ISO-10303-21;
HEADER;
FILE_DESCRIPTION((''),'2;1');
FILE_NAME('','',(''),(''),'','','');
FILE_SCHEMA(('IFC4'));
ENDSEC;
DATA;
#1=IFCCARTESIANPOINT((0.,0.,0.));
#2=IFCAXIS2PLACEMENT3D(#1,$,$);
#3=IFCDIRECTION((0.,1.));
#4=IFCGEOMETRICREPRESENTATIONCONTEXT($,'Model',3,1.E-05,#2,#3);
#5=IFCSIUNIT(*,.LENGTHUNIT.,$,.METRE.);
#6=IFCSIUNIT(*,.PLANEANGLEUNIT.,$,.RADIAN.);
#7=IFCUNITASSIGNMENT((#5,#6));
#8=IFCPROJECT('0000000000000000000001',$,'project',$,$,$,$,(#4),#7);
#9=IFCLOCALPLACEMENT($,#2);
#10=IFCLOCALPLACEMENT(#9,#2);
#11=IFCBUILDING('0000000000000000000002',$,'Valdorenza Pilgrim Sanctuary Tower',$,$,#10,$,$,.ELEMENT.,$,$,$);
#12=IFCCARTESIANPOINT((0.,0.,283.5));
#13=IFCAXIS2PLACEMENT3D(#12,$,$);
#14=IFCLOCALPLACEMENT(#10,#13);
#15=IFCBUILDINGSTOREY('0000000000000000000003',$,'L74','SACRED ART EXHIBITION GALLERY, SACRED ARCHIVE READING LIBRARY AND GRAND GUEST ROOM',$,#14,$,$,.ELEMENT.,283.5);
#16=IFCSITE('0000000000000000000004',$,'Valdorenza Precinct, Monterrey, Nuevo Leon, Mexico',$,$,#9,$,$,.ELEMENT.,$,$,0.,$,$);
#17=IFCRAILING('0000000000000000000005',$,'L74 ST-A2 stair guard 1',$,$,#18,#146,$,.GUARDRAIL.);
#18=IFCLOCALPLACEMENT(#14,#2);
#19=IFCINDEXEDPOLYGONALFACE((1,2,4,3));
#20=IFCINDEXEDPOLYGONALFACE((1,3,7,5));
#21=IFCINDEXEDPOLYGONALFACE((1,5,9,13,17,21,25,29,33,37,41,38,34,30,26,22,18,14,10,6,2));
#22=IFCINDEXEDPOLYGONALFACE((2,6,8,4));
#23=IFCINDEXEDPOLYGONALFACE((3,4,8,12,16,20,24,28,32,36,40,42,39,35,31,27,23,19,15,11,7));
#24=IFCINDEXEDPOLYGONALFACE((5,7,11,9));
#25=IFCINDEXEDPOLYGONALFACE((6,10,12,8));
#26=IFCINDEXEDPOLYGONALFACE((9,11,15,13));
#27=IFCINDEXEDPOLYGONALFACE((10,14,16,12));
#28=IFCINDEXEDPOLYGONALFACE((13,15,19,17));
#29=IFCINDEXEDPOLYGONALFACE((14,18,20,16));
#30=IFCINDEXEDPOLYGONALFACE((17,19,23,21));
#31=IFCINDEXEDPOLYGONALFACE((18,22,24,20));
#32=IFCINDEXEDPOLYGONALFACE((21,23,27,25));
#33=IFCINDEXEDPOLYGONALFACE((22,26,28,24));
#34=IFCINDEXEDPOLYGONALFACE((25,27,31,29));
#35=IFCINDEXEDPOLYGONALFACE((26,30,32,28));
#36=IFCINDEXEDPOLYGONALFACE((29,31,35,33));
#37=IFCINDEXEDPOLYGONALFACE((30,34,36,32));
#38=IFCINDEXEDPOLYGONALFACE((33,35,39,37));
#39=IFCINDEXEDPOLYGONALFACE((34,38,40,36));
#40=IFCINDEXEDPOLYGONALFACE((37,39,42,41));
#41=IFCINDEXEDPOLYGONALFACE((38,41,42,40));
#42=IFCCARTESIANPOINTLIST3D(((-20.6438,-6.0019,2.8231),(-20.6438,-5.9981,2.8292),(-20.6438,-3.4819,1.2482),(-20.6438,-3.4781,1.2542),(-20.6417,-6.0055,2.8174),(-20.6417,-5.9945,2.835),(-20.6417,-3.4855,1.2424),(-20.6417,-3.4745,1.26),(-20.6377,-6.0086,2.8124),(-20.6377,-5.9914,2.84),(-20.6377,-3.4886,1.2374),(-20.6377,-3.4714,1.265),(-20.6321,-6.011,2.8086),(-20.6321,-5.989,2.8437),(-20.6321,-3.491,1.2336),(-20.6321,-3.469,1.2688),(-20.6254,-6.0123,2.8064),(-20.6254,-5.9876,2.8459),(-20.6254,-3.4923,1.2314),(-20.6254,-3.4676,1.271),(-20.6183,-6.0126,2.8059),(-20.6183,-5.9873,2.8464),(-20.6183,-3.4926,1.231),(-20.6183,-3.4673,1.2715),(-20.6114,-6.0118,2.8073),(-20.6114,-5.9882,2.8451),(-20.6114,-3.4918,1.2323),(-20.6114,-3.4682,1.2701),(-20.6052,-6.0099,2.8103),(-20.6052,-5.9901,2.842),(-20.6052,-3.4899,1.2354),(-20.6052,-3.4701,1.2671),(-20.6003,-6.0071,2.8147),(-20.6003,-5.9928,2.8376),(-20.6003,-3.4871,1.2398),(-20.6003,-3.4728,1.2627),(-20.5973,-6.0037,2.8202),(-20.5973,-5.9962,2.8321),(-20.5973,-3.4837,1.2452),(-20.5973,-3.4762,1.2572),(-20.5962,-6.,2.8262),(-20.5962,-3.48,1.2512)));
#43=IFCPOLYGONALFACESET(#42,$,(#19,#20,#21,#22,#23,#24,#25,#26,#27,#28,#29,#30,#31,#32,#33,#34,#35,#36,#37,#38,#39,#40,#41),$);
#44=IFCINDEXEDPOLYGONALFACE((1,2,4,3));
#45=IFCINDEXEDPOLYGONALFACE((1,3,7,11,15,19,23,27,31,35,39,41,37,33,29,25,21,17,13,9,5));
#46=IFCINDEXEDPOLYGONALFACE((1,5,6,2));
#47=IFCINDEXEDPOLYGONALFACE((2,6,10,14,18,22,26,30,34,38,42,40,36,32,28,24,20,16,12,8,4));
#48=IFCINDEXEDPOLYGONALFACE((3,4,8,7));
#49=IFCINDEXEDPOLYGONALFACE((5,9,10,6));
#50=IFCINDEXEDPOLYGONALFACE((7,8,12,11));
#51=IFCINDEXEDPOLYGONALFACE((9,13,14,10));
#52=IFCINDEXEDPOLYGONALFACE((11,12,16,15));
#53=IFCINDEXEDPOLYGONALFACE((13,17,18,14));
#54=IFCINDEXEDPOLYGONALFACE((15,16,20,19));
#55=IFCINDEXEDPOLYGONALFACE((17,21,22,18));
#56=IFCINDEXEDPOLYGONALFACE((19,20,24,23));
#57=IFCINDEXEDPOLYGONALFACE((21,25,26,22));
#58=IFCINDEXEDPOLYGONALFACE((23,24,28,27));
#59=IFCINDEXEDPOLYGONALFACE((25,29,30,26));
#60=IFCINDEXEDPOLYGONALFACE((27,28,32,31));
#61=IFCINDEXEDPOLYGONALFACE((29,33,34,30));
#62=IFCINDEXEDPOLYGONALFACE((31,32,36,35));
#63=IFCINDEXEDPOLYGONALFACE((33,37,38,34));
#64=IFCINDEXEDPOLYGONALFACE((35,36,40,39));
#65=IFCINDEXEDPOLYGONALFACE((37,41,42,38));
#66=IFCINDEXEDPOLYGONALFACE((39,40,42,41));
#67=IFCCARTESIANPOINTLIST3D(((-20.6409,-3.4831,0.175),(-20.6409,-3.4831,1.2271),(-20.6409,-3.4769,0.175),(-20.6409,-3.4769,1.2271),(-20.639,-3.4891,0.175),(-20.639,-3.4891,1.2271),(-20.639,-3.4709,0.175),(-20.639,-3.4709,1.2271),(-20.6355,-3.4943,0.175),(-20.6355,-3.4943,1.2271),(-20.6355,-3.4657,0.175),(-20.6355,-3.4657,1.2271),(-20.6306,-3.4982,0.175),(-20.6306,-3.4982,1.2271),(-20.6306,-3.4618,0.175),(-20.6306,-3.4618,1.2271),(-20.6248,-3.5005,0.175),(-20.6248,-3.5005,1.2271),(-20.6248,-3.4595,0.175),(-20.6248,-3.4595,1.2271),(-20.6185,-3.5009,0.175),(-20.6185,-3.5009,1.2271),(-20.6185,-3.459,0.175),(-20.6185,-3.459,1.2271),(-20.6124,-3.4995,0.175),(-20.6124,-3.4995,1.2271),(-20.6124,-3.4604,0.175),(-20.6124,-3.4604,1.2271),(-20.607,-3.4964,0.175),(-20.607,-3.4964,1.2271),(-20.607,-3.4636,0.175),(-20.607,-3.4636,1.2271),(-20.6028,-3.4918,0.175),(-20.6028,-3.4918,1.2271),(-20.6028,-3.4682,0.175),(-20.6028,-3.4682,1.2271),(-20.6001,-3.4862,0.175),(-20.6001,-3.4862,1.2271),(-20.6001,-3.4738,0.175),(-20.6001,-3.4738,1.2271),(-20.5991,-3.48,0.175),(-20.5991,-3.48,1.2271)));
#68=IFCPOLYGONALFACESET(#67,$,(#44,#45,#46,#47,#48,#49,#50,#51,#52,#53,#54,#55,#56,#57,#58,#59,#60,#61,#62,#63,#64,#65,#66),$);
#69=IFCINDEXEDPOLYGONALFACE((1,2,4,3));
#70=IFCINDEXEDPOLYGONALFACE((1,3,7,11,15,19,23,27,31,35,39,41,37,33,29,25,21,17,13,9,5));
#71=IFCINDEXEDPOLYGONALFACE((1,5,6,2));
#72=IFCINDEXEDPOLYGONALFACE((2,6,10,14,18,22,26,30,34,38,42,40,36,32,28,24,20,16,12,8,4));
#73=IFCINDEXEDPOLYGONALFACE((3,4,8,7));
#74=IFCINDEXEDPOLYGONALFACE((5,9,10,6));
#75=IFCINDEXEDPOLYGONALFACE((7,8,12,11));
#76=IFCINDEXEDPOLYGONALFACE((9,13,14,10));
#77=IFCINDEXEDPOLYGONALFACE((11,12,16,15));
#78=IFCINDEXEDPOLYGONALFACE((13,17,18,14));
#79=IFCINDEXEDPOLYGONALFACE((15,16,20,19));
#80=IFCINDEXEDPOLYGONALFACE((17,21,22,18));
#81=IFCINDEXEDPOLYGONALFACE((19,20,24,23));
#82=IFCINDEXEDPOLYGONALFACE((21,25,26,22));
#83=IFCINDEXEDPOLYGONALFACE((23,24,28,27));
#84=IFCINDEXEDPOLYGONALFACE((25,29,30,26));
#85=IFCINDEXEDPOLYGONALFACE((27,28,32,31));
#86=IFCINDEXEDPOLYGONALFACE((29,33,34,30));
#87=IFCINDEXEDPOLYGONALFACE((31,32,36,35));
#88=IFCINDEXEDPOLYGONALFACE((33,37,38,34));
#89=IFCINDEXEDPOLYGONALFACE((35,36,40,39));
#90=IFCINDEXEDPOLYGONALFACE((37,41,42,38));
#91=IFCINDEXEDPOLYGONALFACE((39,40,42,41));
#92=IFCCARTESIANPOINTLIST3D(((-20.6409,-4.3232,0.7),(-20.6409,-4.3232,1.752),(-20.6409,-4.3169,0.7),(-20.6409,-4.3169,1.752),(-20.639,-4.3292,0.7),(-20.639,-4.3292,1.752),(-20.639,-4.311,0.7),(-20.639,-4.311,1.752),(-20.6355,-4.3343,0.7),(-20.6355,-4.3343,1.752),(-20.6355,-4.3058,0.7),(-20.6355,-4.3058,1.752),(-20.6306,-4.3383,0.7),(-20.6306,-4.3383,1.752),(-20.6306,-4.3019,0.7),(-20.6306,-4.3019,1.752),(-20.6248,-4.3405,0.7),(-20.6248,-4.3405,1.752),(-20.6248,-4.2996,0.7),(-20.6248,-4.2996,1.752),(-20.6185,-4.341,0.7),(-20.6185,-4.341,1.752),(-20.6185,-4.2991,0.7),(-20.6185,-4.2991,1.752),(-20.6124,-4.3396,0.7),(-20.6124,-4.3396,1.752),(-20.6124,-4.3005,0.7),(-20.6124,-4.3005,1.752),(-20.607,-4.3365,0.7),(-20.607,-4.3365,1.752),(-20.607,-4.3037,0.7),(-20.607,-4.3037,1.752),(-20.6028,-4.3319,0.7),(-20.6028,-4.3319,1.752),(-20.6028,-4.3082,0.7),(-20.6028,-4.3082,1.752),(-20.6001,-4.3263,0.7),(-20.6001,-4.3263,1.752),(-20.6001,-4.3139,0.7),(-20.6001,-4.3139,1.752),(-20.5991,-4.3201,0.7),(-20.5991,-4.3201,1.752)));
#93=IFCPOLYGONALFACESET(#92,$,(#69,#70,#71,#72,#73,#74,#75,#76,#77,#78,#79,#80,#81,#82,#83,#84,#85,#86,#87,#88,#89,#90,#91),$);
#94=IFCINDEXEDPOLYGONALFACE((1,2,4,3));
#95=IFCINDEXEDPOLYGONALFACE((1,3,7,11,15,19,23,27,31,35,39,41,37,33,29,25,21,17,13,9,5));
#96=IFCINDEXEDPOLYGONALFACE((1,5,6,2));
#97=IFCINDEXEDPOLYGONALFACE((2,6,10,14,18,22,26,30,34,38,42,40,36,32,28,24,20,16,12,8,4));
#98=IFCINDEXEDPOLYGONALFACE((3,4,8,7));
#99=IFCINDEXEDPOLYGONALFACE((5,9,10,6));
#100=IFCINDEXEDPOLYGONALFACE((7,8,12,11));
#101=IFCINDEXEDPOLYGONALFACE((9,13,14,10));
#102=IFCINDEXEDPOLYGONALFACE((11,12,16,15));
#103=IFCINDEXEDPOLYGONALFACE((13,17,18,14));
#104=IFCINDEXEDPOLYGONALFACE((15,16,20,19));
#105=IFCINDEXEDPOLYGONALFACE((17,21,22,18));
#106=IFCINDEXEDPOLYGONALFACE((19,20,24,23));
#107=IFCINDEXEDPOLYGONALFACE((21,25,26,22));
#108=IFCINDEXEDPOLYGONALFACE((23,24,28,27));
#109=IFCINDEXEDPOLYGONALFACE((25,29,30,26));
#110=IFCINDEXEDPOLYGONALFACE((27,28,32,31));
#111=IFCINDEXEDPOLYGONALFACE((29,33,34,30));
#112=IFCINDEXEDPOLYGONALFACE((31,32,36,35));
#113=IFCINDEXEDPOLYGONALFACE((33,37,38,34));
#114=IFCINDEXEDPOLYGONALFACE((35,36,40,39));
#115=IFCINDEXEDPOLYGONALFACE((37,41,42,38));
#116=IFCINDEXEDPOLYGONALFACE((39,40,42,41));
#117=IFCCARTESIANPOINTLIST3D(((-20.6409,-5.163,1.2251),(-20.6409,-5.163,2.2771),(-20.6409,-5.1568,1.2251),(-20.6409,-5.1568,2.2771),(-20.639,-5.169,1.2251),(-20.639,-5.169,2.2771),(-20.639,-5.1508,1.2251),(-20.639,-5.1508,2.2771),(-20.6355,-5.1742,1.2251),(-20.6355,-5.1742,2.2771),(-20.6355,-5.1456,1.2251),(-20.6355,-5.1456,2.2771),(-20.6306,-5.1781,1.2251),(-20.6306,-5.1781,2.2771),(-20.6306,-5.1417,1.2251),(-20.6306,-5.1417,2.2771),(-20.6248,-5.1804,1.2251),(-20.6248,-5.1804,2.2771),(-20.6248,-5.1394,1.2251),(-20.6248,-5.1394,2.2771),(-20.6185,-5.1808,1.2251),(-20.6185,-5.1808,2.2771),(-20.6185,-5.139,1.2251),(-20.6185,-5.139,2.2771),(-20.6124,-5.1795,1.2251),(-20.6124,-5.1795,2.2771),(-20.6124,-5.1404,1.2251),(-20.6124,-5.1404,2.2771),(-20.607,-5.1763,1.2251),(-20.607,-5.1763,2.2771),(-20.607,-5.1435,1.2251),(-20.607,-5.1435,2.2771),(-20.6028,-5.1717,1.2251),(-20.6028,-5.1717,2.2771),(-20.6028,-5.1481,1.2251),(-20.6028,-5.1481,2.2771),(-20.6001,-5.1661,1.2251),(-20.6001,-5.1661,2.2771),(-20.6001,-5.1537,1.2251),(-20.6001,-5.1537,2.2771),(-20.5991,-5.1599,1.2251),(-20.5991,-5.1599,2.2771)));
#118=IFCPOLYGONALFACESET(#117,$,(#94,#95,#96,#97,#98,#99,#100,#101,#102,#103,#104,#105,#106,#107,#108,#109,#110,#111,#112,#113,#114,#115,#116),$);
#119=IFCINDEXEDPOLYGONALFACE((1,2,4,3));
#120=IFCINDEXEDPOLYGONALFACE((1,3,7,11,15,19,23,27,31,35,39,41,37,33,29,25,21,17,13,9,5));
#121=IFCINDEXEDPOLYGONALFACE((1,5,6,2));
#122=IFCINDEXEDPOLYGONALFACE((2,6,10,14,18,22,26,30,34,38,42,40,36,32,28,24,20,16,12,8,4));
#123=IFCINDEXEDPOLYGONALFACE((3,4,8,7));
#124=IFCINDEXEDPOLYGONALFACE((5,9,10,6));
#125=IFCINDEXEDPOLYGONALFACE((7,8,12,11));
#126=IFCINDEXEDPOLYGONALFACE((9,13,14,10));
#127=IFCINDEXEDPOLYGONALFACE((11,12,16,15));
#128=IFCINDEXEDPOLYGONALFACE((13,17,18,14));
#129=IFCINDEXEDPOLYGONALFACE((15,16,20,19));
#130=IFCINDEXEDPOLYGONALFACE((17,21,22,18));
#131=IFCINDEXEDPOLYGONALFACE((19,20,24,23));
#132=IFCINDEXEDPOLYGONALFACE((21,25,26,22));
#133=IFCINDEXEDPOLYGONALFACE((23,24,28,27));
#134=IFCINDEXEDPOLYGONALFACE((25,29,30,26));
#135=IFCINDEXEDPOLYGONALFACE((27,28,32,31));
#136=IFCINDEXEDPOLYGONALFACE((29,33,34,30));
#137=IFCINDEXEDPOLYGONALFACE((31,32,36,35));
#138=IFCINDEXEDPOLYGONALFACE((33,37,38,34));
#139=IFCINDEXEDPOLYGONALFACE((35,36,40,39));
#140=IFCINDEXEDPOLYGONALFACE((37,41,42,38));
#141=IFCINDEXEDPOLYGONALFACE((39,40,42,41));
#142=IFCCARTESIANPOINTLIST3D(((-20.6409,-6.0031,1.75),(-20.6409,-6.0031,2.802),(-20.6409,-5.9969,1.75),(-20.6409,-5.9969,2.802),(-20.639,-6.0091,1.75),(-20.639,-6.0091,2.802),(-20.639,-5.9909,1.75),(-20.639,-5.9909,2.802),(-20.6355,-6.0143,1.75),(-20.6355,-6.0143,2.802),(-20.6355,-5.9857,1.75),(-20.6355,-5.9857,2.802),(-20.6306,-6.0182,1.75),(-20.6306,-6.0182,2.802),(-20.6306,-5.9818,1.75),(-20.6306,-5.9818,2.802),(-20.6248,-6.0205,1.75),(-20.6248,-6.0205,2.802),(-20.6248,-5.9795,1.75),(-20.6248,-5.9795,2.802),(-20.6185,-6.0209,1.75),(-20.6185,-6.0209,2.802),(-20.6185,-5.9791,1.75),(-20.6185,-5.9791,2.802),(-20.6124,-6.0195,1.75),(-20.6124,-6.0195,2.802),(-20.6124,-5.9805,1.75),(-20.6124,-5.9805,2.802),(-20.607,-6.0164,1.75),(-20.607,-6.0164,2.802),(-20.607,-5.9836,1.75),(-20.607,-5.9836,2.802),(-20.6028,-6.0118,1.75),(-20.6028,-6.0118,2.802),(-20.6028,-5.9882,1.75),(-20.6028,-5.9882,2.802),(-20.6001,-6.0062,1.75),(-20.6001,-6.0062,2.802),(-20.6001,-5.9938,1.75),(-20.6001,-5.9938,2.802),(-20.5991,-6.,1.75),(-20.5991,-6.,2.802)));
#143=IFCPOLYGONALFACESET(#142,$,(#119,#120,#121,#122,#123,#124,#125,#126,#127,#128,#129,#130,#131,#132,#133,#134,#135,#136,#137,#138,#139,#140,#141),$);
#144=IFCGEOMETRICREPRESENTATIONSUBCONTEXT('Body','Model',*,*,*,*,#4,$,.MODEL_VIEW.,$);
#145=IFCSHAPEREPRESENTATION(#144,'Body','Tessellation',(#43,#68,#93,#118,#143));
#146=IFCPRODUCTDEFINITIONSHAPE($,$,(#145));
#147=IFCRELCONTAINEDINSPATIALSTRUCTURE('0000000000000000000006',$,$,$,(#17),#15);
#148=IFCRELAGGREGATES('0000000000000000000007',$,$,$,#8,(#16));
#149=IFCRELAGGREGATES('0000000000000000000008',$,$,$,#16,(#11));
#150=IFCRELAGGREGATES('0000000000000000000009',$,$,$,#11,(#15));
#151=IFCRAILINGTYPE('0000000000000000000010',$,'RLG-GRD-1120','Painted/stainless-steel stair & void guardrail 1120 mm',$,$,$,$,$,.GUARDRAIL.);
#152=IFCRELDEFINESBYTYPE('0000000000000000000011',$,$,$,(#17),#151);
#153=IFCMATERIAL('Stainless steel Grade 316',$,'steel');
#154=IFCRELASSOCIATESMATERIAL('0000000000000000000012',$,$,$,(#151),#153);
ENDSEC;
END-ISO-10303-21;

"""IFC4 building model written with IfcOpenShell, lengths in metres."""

from ifc_helpers import new_model, si_unit, direction, frame, origin, origin_2d, place, context, subcontext, project, spatial, circle, extrude, material, type_object, element, save


model = new_model("IFC4")

# Units and contexts
model_context = context("Model", 3, precision=1e-05, world=origin(), true_north=direction((0.0, 1.0)))
body_context = subcontext(model_context, "Body", "Model", "MODEL_VIEW")
ifc_project = project(units=[si_unit("LENGTHUNIT", "METRE"), si_unit("PLANEANGLEUNIT", "RADIAN")], contexts=[model_context])

# Site, building, storey
site_placement = place(None, origin())
site = spatial("IfcSite", under=ifc_project, at=site_placement, Name="Valdorenza Precinct, Monterrey, Nuevo Leon, Mexico", CompositionType="ELEMENT", RefElevation=0.0)
building_placement = place(site_placement, origin())
building = spatial("IfcBuilding", under=site, at=building_placement, Name="Valdorenza Pilgrim Sanctuary Tower", CompositionType="ELEMENT")
storey_placement = place(building_placement, frame((0.0, 0.0, 283.5)))
storey = spatial("IfcBuildingStorey", under=building, at=storey_placement, Name="L74", Description="SACRED ART EXHIBITION GALLERY, SACRED ARCHIVE READING LIBRARY AND GRAND GUEST ROOM", CompositionType="ELEMENT", Elevation=283.5)

# Railing
ifc_material_1 = material(Name="Stainless steel Grade 316", Category="steel")
railing_type_1 = type_object("IfcRailingType", Name="RLG-GRD-1120", Description="Painted/stainless-steel stair & void guardrail 1120 mm", PredefinedType="GUARDRAIL", material=ifc_material_1)
railing_1_placement = place(storey_placement, frame((-20.6201, -3.48, 0.175)))
element("IfcRailing", 1, at=railing_1_placement, inside=storey, type_object=railing_type_1, Name="L74 ST-A2 stair guard 1", PredefinedType="GUARDRAIL", context=body_context, shape_type="SweptSolid", body=[
    extrude(circle(Radius=0.0239, at=origin_2d()), frame((0.0, 0.0, 1.0762), z_axis=(0.0, -0.848008, 0.529984), x_axis=(1.0, 0.0, 0.0)), (0.0, 0.0, 1.0), 2.9717),
    extrude(circle(Radius=0.021, at=origin_2d()), origin(), (0.0, 0.0, 1.0), 1.052),
    extrude(circle(Radius=0.021, at=origin_2d()), frame((0.0, -0.8401, 0.5249)), (0.0, 0.0, 1.0), 1.052),
    extrude(circle(Radius=0.021, at=origin_2d()), frame((0.0, -1.6799, 1.05)), (0.0, 0.0, 1.0), 1.052),
    extrude(circle(Radius=0.021, at=origin_2d()), frame((0.0, -2.52, 1.575)), (0.0, 0.0, 1.0), 1.052),
])

save(model, "model.ifc")
